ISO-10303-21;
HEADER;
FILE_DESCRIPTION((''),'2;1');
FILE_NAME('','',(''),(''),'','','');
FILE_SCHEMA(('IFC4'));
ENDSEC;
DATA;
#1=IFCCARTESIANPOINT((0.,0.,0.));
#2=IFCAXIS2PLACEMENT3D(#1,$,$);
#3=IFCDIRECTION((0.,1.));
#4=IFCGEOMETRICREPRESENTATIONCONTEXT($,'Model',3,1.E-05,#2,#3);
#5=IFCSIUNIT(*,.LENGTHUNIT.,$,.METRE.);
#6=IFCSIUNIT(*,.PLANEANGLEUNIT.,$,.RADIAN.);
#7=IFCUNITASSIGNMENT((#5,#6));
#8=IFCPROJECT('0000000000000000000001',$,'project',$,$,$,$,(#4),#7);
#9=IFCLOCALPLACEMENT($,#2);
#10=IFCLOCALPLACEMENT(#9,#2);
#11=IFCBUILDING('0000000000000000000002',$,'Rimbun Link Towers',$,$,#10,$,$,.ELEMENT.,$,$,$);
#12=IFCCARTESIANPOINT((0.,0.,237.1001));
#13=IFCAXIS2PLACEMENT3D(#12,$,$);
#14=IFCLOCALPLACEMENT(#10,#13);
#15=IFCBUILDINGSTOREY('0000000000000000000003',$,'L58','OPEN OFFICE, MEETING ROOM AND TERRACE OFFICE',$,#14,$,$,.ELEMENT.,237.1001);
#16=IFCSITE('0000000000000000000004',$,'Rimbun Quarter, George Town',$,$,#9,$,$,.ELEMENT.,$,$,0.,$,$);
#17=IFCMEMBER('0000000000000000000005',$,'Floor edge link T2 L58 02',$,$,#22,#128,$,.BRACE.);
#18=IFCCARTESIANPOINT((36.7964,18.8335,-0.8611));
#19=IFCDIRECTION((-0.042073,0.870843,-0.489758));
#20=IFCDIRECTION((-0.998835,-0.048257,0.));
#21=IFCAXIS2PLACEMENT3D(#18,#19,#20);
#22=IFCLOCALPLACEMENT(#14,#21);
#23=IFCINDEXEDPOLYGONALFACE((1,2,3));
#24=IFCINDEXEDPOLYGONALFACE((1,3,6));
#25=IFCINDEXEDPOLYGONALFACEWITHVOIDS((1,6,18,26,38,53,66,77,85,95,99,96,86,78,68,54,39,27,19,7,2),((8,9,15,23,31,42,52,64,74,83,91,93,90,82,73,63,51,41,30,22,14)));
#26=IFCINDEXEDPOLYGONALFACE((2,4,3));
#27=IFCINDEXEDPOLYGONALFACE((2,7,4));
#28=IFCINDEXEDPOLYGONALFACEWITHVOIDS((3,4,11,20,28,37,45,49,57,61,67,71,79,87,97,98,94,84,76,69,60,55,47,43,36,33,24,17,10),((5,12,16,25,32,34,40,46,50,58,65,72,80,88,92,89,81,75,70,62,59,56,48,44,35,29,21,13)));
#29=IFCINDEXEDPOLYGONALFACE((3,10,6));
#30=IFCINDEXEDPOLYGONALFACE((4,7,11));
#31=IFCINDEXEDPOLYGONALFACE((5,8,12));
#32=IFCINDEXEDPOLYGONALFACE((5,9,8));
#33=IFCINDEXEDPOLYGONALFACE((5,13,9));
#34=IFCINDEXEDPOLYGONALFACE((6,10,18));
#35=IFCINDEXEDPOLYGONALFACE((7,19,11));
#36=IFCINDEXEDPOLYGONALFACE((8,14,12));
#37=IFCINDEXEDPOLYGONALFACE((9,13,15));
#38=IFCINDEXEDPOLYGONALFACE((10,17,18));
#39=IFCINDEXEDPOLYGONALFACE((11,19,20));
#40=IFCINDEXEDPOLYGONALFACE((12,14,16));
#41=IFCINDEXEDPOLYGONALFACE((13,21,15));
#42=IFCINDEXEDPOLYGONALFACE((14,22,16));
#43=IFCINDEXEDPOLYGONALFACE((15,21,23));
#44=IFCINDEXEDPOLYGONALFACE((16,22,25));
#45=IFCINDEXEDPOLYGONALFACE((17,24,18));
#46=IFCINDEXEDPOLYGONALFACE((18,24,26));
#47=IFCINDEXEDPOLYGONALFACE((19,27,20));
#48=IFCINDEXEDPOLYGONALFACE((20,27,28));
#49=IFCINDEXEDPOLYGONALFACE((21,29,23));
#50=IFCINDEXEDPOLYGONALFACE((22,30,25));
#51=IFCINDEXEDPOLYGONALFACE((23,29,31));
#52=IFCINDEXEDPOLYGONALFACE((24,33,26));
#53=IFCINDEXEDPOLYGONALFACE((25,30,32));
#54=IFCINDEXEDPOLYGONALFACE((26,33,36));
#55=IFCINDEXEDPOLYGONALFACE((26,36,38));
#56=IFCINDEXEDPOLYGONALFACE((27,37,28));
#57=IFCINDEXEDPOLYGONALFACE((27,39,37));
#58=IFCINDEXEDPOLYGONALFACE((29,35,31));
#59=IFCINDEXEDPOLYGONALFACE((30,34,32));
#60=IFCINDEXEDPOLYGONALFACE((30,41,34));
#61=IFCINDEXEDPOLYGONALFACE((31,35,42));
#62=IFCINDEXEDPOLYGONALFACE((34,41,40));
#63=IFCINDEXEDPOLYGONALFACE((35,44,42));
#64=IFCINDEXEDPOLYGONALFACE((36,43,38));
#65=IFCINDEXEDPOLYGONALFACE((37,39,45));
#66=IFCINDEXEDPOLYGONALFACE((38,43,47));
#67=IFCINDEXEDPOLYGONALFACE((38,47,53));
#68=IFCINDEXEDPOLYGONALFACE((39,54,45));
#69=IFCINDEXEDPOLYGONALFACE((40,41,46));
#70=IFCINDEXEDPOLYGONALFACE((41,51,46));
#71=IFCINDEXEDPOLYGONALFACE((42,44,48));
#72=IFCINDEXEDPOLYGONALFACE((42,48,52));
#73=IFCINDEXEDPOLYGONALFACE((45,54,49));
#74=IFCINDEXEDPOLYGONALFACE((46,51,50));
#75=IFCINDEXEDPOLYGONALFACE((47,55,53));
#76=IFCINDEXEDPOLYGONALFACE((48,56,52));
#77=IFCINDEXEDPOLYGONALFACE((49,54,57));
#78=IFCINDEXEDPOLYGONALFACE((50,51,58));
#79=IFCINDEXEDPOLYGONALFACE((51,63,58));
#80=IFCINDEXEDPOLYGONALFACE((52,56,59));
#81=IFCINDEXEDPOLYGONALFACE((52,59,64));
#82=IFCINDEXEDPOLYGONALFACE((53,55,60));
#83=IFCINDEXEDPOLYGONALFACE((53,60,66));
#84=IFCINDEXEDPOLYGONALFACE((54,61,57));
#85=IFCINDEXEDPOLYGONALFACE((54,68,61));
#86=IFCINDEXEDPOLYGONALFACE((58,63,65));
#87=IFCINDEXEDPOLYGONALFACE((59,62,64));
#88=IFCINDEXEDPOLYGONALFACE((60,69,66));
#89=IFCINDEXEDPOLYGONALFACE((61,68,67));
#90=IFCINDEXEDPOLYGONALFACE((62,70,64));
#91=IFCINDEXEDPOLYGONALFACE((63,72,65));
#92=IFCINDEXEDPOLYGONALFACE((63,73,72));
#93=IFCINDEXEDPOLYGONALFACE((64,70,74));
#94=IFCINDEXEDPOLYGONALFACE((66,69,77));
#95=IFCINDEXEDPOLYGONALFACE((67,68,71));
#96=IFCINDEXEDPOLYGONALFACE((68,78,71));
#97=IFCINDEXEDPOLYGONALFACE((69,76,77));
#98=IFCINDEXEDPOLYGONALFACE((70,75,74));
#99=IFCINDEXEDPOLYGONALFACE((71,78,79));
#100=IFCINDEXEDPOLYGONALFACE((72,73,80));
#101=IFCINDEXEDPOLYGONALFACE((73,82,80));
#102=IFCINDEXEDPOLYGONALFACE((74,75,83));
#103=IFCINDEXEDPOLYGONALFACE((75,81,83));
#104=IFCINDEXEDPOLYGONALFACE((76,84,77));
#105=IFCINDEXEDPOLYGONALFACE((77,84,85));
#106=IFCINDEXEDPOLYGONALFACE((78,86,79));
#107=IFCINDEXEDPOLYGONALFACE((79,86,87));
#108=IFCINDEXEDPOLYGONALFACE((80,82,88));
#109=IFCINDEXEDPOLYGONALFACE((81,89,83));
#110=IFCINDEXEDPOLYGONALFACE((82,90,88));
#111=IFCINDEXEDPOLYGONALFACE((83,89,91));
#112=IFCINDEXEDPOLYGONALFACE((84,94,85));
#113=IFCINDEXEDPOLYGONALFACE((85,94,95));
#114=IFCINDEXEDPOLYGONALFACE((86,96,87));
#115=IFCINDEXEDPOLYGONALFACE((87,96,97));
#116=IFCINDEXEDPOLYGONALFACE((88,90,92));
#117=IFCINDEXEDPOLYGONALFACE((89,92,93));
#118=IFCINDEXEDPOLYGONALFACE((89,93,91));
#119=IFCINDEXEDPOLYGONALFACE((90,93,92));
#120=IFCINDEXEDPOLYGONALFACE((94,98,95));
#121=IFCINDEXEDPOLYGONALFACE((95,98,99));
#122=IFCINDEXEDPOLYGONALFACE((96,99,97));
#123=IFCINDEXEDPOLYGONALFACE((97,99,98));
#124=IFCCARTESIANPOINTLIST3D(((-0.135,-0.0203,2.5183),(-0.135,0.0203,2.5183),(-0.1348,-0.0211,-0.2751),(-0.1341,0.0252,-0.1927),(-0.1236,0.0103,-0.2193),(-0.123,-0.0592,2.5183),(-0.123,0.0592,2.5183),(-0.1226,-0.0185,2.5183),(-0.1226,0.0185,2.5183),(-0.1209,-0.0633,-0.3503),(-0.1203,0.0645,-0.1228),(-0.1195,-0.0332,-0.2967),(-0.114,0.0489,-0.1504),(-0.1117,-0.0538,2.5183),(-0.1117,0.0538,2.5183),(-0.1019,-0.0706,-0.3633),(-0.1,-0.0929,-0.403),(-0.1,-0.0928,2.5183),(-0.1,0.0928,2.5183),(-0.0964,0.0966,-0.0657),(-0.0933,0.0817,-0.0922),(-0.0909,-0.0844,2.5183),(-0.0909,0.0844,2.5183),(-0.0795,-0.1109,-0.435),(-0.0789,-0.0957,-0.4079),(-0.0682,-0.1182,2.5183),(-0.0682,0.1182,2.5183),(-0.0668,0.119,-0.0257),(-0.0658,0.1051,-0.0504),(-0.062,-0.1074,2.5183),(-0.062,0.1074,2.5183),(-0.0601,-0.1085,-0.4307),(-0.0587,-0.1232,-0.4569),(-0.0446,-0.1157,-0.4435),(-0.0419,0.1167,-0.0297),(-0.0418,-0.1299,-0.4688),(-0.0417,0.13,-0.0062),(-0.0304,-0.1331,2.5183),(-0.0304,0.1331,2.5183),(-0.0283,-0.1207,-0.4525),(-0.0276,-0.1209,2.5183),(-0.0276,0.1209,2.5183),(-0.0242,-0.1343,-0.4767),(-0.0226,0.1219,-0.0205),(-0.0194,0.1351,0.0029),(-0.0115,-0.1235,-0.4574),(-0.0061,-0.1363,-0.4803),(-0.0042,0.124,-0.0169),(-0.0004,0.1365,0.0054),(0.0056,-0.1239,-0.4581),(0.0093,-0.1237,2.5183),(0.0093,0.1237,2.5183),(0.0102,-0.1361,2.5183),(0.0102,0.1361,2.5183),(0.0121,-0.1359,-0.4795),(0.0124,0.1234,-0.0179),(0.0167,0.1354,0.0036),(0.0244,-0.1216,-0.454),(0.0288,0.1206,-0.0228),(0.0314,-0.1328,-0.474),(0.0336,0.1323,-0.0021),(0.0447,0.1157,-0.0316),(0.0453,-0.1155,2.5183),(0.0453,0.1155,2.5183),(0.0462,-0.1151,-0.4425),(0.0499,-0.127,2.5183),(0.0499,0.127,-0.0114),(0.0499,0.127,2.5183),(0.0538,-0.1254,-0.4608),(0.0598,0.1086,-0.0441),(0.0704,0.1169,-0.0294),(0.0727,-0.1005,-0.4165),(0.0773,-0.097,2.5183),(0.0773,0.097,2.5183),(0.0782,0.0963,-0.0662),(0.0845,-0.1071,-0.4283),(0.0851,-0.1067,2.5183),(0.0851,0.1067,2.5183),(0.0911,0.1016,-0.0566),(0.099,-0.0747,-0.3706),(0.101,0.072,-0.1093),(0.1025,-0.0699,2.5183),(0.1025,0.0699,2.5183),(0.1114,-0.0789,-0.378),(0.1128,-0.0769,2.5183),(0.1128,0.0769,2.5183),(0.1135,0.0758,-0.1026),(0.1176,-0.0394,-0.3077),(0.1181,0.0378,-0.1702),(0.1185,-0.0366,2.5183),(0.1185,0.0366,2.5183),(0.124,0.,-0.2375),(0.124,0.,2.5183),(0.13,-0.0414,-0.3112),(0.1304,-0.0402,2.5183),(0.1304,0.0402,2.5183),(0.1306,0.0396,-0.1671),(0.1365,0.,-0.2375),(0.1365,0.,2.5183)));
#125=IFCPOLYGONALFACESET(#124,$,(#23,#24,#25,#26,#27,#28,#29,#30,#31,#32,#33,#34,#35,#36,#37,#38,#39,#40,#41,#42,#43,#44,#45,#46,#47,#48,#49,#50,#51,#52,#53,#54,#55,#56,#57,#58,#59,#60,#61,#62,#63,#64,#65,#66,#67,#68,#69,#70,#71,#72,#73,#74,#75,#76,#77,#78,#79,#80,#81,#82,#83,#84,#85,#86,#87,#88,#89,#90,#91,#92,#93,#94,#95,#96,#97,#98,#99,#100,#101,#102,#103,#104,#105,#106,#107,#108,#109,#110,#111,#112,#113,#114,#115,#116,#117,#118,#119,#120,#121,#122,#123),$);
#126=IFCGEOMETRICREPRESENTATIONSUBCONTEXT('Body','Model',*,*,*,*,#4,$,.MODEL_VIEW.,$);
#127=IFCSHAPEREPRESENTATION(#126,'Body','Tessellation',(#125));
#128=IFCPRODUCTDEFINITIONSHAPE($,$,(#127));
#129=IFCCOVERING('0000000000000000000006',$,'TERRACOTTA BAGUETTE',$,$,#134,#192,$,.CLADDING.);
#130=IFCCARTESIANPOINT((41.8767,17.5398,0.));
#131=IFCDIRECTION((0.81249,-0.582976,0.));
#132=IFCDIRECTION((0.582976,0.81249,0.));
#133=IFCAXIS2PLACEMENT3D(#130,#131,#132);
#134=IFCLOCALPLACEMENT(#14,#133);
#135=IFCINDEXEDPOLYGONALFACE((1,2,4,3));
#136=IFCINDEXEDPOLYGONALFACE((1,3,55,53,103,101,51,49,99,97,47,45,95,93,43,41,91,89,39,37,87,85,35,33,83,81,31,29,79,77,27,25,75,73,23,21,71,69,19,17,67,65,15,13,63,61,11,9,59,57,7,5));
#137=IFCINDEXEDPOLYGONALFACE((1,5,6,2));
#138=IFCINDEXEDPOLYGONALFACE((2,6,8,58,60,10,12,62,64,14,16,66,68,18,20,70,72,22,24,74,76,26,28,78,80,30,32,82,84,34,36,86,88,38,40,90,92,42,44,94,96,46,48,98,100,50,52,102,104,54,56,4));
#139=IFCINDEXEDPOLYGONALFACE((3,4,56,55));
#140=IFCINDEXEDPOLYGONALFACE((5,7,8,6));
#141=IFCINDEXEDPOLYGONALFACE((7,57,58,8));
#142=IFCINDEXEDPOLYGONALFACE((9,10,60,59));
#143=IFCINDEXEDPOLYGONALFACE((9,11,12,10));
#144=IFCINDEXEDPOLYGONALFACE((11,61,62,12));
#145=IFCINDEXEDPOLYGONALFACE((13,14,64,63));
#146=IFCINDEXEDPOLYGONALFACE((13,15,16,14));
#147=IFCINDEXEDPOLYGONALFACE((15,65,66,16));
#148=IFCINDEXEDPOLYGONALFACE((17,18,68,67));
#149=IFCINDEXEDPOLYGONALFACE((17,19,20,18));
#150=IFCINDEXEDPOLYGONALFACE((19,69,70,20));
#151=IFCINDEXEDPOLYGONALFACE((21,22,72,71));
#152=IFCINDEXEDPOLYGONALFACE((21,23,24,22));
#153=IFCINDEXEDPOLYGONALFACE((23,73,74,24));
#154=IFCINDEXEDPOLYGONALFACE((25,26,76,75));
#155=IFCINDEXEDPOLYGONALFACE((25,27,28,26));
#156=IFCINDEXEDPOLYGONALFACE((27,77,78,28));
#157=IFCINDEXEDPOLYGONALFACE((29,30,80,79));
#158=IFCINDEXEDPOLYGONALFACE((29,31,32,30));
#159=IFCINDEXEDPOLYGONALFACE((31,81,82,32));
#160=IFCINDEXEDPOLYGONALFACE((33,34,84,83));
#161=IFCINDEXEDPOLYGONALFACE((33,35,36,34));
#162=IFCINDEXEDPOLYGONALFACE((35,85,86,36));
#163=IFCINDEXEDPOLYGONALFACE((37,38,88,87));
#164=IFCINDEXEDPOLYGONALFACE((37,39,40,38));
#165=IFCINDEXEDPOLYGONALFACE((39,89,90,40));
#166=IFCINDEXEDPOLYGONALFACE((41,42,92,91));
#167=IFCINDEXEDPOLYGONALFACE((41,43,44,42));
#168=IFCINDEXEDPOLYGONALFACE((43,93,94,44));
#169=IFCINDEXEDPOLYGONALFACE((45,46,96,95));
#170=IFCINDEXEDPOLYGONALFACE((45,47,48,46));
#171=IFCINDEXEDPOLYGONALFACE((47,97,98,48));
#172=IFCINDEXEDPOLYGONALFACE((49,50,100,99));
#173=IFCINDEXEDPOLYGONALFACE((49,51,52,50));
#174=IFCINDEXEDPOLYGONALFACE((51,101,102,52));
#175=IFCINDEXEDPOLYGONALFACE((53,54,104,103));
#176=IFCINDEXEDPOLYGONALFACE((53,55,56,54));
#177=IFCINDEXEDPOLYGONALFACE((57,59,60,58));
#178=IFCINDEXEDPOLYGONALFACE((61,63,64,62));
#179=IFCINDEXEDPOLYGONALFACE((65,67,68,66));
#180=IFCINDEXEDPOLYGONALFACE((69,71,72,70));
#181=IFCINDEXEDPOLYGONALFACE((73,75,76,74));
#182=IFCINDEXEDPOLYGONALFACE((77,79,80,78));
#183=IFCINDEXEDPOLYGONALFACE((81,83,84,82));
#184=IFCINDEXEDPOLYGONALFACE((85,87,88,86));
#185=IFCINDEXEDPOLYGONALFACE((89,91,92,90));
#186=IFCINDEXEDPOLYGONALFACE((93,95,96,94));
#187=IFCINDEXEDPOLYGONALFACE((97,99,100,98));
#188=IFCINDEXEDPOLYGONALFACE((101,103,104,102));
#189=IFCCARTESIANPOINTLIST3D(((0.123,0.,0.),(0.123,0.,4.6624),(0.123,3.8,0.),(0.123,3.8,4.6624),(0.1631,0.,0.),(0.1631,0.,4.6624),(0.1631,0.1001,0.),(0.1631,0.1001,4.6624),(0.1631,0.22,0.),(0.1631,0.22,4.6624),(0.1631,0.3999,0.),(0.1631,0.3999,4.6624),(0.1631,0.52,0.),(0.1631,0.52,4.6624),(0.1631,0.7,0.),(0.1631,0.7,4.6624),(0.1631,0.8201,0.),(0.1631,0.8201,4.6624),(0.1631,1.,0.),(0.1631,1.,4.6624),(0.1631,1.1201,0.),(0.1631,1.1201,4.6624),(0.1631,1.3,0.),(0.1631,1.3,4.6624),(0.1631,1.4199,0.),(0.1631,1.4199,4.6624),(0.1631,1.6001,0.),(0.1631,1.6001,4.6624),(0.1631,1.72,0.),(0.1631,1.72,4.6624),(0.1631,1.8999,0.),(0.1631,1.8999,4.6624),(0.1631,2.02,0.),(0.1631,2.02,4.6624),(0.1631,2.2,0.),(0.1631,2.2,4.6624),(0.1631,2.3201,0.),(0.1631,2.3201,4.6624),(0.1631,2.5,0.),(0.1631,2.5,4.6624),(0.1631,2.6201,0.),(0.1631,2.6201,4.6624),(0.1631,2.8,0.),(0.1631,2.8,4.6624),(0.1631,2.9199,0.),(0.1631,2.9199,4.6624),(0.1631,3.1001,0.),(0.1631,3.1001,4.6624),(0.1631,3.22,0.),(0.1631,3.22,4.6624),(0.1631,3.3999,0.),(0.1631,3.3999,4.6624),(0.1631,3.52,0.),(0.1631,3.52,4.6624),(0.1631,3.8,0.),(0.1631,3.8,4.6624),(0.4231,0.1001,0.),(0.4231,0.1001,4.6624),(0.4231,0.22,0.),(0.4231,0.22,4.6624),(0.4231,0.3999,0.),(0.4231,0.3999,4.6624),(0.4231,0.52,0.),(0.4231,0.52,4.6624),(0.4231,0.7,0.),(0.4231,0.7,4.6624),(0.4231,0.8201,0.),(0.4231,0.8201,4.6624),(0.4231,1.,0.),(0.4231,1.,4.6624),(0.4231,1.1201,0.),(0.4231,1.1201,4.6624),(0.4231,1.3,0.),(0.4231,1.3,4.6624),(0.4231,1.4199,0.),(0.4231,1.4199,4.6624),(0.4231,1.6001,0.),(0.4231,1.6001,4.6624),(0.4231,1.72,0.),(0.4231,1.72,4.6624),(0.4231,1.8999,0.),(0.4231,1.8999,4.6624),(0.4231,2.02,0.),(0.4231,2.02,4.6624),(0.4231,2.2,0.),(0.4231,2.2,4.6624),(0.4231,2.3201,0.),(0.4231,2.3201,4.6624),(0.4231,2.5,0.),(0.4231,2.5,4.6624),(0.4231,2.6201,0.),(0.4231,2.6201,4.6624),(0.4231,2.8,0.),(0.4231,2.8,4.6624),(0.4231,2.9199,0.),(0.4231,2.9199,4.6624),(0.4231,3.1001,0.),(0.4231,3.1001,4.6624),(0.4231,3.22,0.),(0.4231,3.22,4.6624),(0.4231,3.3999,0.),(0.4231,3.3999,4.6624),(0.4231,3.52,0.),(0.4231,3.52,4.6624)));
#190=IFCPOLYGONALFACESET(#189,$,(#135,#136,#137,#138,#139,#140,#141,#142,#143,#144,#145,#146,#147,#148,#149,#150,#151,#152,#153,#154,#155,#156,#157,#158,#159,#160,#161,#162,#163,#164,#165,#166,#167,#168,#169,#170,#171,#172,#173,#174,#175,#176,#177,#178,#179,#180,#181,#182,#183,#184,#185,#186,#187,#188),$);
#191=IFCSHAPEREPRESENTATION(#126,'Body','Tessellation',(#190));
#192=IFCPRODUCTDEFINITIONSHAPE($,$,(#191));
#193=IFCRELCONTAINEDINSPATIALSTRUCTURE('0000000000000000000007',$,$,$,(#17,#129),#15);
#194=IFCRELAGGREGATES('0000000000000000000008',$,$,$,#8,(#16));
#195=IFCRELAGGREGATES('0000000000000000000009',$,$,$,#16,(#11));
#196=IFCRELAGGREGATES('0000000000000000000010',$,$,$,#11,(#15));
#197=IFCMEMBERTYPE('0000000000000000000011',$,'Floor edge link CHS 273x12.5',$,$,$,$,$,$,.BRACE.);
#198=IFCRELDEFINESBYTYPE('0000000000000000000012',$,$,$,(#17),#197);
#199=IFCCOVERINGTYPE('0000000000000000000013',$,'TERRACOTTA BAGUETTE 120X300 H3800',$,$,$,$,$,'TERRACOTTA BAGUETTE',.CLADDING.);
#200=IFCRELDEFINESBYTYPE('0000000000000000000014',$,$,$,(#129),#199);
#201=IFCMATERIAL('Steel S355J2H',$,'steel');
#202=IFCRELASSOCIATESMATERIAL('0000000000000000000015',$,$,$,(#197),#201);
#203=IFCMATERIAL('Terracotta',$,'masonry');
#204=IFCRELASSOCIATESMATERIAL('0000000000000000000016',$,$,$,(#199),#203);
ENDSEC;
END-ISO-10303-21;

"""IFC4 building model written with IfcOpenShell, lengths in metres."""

from ifc_helpers import new_model, si_unit, direction, frame, origin, origin_2d, place, context, subcontext, project, spatial, polyline, hollow_circle, outline, extrude, clip, halfspace, material, material_profile, profile_set, type_object, element, save


model = new_model("IFC4")

# Units and contexts
model_context = context("Model", 3, precision=1e-05, world=origin(), true_north=direction((0.0, 1.0)))
body_context = subcontext(model_context, "Body", "Model", "MODEL_VIEW")
ifc_project = project(units=[si_unit("LENGTHUNIT", "METRE"), si_unit("PLANEANGLEUNIT", "RADIAN")], contexts=[model_context])

# Site, building, storey
site_placement = place(None, origin())
site = spatial("IfcSite", under=ifc_project, at=site_placement, Name="Rimbun Quarter, George Town", CompositionType="ELEMENT", RefElevation=0.0)
building_placement = place(site_placement, origin())
building = spatial("IfcBuilding", under=site, at=building_placement, Name="Rimbun Link Towers", CompositionType="ELEMENT")
storey_placement = place(building_placement, frame((0.0, 0.0, 237.1001)))
storey = spatial("IfcBuildingStorey", under=building, at=storey_placement, Name="L58", Description="OPEN OFFICE, MEETING ROOM AND TERRACE OFFICE", CompositionType="ELEMENT", Elevation=237.1001)

# Member
ifc_material_1 = material(Name="Steel S355J2H", Category="steel")
ifc_material_profile_1 = material_profile(ifc_material_1, hollow_circle(Radius=0.1365, WallThickness=0.0125, at=origin_2d()), Name="CHS 273x12.5")
ifc_profile_set_1 = profile_set([ifc_material_profile_1], Name="Steel S355J2H")
member_type_1 = type_object("IfcMemberType", Name="Floor edge link CHS 273x12.5", PredefinedType="BRACE", material=ifc_profile_set_1)
member_1_placement = place(storey_placement, frame((36.7964, 18.8335, -0.8611), z_axis=(-0.042073, 0.870843, -0.489758), x_axis=(-0.998835, -0.048257, 0.0)))
element("IfcMember", 1, at=member_1_placement, inside=storey, type_object=member_type_1, Name="Floor edge link T2 L58 02", PredefinedType="BRACE", context=body_context, shape_type="Clipping", body=[
    clip(extrude(hollow_circle(Radius=0.1365, WallThickness=0.0125, at=origin_2d()), frame((0.0, 0.0, -0.5066)), (0.0, 0.0, 1.0), 3.0249), halfspace(frame((0.0, 0.0, -0.2375), z_axis=(0.0, 0.871858, -0.489758)), False)),
])

# Covering
ifc_material_2 = material(Name="Terracotta", Category="masonry")
ifc_material_profile_2 = material_profile(ifc_material_2, outline(polyline([(0.123, 0.0), (0.1631, 0.0), (0.1631, 0.1001), (0.4231, 0.1001), (0.4231, 0.22), (0.1631, 0.22), (0.1631, 0.3999), (0.4231, 0.3999), (0.4231, 0.52), (0.1631, 0.52), (0.1631, 0.7), (0.4231, 0.7), (0.4231, 0.8201), (0.1631, 0.8201), (0.1631, 1.0), (0.4231, 1.0), (0.4231, 1.1201), (0.1631, 1.1201), (0.1631, 1.3), (0.4231, 1.3), (0.4231, 1.4199), (0.1631, 1.4199), (0.1631, 1.6001), (0.4231, 1.6001), (0.4231, 1.72), (0.1631, 1.72), (0.1631, 1.8999), (0.4231, 1.8999), (0.4231, 2.02), (0.1631, 2.02), (0.1631, 2.2), (0.4231, 2.2), (0.4231, 2.3201), (0.1631, 2.3201), (0.1631, 2.5), (0.4231, 2.5), (0.4231, 2.6201), (0.1631, 2.6201), (0.1631, 2.8), (0.4231, 2.8), (0.4231, 2.9199), (0.1631, 2.9199), (0.1631, 3.1001), (0.4231, 3.1001), (0.4231, 3.22), (0.1631, 3.22), (0.1631, 3.3999), (0.4231, 3.3999), (0.4231, 3.52), (0.1631, 3.52), (0.1631, 3.8), (0.123, 3.8), (0.123, 0.0)])), Name="BAGUETTE 120X300")
ifc_profile_set_2 = profile_set([ifc_material_profile_2], Name="Terracotta")
covering_type = type_object("IfcCoveringType", Name="TERRACOTTA BAGUETTE 120X300 H3800", ElementType="TERRACOTTA BAGUETTE", PredefinedType="CLADDING", material=ifc_profile_set_2)
covering_1_placement = place(storey_placement, frame((41.8767, 17.5398, 0.0), z_axis=(0.81249, -0.582976, 0.0), x_axis=(0.582976, 0.81249, 0.0)))
element("IfcCovering", 2, at=covering_1_placement, inside=storey, type_object=covering_type, Name="TERRACOTTA BAGUETTE", PredefinedType="CLADDING", context=body_context, shape_type="SweptSolid", body=[
    extrude(outline(polyline([(0.123, 0.0), (0.1631, 0.0), (0.1631, 0.1001), (0.4231, 0.1001), (0.4231, 0.22), (0.1631, 0.22), (0.1631, 0.3999), (0.4231, 0.3999), (0.4231, 0.52), (0.1631, 0.52), (0.1631, 0.7), (0.4231, 0.7), (0.4231, 0.8201), (0.1631, 0.8201), (0.1631, 1.0), (0.4231, 1.0), (0.4231, 1.1201), (0.1631, 1.1201), (0.1631, 1.3), (0.4231, 1.3), (0.4231, 1.4199), (0.1631, 1.4199), (0.1631, 1.6001), (0.4231, 1.6001), (0.4231, 1.72), (0.1631, 1.72), (0.1631, 1.8999), (0.4231, 1.8999), (0.4231, 2.02), (0.1631, 2.02), (0.1631, 2.2), (0.4231, 2.2), (0.4231, 2.3201), (0.1631, 2.3201), (0.1631, 2.5), (0.4231, 2.5), (0.4231, 2.6201), (0.1631, 2.6201), (0.1631, 2.8), (0.4231, 2.8), (0.4231, 2.9199), (0.1631, 2.9199), (0.1631, 3.1001), (0.4231, 3.1001), (0.4231, 3.22), (0.1631, 3.22), (0.1631, 3.3999), (0.4231, 3.3999), (0.4231, 3.52), (0.1631, 3.52), (0.1631, 3.8), (0.123, 3.8), (0.123, 0.0)])), origin(), (0.0, 0.0, 1.0), 4.6624),
])

save(model, "model.ifc")
